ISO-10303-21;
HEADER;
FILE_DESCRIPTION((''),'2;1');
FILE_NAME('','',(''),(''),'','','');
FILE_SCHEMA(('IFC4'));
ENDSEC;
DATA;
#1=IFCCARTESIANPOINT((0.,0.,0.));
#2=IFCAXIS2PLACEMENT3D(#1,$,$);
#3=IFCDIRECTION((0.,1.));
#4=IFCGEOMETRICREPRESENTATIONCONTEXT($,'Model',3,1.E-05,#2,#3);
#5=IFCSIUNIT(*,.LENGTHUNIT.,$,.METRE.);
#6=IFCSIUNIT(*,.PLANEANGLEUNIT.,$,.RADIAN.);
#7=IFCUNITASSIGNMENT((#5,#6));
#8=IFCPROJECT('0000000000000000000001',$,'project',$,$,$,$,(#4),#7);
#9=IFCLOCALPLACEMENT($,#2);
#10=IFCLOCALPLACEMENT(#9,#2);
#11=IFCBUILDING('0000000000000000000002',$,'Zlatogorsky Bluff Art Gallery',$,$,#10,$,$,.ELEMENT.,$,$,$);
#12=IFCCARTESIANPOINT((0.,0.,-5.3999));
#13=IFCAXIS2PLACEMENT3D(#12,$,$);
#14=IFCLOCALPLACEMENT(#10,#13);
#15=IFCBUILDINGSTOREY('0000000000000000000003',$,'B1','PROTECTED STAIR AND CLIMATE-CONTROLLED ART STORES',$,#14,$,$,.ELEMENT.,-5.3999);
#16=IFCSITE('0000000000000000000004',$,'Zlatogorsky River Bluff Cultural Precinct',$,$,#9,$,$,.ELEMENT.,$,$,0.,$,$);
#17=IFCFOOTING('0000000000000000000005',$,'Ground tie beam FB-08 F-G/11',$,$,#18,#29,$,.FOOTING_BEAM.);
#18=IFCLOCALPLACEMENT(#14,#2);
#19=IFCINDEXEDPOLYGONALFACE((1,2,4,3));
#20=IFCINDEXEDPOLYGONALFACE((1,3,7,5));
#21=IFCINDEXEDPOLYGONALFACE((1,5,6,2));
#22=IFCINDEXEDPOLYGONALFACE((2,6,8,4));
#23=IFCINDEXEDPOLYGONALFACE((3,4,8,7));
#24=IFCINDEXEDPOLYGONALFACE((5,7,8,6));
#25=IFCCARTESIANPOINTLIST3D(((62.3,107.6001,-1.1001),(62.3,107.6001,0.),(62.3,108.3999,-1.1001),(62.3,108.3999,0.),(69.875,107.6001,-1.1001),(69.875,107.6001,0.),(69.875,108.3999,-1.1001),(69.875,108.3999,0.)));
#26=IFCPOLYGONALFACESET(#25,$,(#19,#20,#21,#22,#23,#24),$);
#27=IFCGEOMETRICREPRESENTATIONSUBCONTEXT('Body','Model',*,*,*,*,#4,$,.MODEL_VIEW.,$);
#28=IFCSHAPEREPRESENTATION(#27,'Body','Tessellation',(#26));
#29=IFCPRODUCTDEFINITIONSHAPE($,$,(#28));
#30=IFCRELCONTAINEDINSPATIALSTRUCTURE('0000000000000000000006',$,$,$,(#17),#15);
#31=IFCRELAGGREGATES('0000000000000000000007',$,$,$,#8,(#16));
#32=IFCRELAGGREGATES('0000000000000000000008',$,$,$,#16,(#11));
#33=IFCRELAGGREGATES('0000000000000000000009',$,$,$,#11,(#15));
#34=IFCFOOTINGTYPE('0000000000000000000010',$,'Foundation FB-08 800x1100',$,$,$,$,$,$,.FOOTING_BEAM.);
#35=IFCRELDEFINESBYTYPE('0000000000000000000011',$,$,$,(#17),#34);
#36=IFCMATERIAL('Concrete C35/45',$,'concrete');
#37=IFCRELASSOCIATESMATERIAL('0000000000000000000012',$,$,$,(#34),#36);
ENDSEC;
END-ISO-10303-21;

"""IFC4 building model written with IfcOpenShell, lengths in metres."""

from ifc_helpers import new_model, si_unit, direction, frame, origin, place, context, subcontext, project, spatial, polyline, outline, extrude, material, type_object, element, save


model = new_model("IFC4")

# Units and contexts
model_context = context("Model", 3, precision=1e-05, world=origin(), true_north=direction((0.0, 1.0)))
body_context = subcontext(model_context, "Body", "Model", "MODEL_VIEW")
ifc_project = project(units=[si_unit("LENGTHUNIT", "METRE"), si_unit("PLANEANGLEUNIT", "RADIAN")], contexts=[model_context])

# Site, building, storey
site_placement = place(None, origin())
site = spatial("IfcSite", under=ifc_project, at=site_placement, Name="Zlatogorsky River Bluff Cultural Precinct", CompositionType="ELEMENT", RefElevation=0.0)
building_placement = place(site_placement, origin())
building = spatial("IfcBuilding", under=site, at=building_placement, Name="Zlatogorsky Bluff Art Gallery", CompositionType="ELEMENT")
storey_placement = place(building_placement, frame((0.0, 0.0, -5.3999)))
storey = spatial("IfcBuildingStorey", under=building, at=storey_placement, Name="B1", Description="PROTECTED STAIR AND CLIMATE-CONTROLLED ART STORES", CompositionType="ELEMENT", Elevation=-5.3999)

# Footing
ifc_material = material(Name="Concrete C35/45", Category="concrete")
footing_type_1 = type_object("IfcFootingType", Name="Foundation FB-08 800x1100", PredefinedType="FOOTING_BEAM", material=ifc_material)
footing_1_placement = place(storey_placement, frame((0.0, 0.0, -1.1001)))
element("IfcFooting", 1, at=footing_1_placement, inside=storey, type_object=footing_type_1, Name="Ground tie beam FB-08 F-G/11", PredefinedType="FOOTING_BEAM", context=body_context, shape_type="SweptSolid", body=[
    extrude(outline(polyline([(62.3, 107.6001), (69.875, 107.6001), (69.875, 108.3999), (62.3, 108.3999), (62.3, 107.6001)])), origin(), (0.0, 0.0, 1.0), 1.1001),
])

save(model, "model.ifc")
